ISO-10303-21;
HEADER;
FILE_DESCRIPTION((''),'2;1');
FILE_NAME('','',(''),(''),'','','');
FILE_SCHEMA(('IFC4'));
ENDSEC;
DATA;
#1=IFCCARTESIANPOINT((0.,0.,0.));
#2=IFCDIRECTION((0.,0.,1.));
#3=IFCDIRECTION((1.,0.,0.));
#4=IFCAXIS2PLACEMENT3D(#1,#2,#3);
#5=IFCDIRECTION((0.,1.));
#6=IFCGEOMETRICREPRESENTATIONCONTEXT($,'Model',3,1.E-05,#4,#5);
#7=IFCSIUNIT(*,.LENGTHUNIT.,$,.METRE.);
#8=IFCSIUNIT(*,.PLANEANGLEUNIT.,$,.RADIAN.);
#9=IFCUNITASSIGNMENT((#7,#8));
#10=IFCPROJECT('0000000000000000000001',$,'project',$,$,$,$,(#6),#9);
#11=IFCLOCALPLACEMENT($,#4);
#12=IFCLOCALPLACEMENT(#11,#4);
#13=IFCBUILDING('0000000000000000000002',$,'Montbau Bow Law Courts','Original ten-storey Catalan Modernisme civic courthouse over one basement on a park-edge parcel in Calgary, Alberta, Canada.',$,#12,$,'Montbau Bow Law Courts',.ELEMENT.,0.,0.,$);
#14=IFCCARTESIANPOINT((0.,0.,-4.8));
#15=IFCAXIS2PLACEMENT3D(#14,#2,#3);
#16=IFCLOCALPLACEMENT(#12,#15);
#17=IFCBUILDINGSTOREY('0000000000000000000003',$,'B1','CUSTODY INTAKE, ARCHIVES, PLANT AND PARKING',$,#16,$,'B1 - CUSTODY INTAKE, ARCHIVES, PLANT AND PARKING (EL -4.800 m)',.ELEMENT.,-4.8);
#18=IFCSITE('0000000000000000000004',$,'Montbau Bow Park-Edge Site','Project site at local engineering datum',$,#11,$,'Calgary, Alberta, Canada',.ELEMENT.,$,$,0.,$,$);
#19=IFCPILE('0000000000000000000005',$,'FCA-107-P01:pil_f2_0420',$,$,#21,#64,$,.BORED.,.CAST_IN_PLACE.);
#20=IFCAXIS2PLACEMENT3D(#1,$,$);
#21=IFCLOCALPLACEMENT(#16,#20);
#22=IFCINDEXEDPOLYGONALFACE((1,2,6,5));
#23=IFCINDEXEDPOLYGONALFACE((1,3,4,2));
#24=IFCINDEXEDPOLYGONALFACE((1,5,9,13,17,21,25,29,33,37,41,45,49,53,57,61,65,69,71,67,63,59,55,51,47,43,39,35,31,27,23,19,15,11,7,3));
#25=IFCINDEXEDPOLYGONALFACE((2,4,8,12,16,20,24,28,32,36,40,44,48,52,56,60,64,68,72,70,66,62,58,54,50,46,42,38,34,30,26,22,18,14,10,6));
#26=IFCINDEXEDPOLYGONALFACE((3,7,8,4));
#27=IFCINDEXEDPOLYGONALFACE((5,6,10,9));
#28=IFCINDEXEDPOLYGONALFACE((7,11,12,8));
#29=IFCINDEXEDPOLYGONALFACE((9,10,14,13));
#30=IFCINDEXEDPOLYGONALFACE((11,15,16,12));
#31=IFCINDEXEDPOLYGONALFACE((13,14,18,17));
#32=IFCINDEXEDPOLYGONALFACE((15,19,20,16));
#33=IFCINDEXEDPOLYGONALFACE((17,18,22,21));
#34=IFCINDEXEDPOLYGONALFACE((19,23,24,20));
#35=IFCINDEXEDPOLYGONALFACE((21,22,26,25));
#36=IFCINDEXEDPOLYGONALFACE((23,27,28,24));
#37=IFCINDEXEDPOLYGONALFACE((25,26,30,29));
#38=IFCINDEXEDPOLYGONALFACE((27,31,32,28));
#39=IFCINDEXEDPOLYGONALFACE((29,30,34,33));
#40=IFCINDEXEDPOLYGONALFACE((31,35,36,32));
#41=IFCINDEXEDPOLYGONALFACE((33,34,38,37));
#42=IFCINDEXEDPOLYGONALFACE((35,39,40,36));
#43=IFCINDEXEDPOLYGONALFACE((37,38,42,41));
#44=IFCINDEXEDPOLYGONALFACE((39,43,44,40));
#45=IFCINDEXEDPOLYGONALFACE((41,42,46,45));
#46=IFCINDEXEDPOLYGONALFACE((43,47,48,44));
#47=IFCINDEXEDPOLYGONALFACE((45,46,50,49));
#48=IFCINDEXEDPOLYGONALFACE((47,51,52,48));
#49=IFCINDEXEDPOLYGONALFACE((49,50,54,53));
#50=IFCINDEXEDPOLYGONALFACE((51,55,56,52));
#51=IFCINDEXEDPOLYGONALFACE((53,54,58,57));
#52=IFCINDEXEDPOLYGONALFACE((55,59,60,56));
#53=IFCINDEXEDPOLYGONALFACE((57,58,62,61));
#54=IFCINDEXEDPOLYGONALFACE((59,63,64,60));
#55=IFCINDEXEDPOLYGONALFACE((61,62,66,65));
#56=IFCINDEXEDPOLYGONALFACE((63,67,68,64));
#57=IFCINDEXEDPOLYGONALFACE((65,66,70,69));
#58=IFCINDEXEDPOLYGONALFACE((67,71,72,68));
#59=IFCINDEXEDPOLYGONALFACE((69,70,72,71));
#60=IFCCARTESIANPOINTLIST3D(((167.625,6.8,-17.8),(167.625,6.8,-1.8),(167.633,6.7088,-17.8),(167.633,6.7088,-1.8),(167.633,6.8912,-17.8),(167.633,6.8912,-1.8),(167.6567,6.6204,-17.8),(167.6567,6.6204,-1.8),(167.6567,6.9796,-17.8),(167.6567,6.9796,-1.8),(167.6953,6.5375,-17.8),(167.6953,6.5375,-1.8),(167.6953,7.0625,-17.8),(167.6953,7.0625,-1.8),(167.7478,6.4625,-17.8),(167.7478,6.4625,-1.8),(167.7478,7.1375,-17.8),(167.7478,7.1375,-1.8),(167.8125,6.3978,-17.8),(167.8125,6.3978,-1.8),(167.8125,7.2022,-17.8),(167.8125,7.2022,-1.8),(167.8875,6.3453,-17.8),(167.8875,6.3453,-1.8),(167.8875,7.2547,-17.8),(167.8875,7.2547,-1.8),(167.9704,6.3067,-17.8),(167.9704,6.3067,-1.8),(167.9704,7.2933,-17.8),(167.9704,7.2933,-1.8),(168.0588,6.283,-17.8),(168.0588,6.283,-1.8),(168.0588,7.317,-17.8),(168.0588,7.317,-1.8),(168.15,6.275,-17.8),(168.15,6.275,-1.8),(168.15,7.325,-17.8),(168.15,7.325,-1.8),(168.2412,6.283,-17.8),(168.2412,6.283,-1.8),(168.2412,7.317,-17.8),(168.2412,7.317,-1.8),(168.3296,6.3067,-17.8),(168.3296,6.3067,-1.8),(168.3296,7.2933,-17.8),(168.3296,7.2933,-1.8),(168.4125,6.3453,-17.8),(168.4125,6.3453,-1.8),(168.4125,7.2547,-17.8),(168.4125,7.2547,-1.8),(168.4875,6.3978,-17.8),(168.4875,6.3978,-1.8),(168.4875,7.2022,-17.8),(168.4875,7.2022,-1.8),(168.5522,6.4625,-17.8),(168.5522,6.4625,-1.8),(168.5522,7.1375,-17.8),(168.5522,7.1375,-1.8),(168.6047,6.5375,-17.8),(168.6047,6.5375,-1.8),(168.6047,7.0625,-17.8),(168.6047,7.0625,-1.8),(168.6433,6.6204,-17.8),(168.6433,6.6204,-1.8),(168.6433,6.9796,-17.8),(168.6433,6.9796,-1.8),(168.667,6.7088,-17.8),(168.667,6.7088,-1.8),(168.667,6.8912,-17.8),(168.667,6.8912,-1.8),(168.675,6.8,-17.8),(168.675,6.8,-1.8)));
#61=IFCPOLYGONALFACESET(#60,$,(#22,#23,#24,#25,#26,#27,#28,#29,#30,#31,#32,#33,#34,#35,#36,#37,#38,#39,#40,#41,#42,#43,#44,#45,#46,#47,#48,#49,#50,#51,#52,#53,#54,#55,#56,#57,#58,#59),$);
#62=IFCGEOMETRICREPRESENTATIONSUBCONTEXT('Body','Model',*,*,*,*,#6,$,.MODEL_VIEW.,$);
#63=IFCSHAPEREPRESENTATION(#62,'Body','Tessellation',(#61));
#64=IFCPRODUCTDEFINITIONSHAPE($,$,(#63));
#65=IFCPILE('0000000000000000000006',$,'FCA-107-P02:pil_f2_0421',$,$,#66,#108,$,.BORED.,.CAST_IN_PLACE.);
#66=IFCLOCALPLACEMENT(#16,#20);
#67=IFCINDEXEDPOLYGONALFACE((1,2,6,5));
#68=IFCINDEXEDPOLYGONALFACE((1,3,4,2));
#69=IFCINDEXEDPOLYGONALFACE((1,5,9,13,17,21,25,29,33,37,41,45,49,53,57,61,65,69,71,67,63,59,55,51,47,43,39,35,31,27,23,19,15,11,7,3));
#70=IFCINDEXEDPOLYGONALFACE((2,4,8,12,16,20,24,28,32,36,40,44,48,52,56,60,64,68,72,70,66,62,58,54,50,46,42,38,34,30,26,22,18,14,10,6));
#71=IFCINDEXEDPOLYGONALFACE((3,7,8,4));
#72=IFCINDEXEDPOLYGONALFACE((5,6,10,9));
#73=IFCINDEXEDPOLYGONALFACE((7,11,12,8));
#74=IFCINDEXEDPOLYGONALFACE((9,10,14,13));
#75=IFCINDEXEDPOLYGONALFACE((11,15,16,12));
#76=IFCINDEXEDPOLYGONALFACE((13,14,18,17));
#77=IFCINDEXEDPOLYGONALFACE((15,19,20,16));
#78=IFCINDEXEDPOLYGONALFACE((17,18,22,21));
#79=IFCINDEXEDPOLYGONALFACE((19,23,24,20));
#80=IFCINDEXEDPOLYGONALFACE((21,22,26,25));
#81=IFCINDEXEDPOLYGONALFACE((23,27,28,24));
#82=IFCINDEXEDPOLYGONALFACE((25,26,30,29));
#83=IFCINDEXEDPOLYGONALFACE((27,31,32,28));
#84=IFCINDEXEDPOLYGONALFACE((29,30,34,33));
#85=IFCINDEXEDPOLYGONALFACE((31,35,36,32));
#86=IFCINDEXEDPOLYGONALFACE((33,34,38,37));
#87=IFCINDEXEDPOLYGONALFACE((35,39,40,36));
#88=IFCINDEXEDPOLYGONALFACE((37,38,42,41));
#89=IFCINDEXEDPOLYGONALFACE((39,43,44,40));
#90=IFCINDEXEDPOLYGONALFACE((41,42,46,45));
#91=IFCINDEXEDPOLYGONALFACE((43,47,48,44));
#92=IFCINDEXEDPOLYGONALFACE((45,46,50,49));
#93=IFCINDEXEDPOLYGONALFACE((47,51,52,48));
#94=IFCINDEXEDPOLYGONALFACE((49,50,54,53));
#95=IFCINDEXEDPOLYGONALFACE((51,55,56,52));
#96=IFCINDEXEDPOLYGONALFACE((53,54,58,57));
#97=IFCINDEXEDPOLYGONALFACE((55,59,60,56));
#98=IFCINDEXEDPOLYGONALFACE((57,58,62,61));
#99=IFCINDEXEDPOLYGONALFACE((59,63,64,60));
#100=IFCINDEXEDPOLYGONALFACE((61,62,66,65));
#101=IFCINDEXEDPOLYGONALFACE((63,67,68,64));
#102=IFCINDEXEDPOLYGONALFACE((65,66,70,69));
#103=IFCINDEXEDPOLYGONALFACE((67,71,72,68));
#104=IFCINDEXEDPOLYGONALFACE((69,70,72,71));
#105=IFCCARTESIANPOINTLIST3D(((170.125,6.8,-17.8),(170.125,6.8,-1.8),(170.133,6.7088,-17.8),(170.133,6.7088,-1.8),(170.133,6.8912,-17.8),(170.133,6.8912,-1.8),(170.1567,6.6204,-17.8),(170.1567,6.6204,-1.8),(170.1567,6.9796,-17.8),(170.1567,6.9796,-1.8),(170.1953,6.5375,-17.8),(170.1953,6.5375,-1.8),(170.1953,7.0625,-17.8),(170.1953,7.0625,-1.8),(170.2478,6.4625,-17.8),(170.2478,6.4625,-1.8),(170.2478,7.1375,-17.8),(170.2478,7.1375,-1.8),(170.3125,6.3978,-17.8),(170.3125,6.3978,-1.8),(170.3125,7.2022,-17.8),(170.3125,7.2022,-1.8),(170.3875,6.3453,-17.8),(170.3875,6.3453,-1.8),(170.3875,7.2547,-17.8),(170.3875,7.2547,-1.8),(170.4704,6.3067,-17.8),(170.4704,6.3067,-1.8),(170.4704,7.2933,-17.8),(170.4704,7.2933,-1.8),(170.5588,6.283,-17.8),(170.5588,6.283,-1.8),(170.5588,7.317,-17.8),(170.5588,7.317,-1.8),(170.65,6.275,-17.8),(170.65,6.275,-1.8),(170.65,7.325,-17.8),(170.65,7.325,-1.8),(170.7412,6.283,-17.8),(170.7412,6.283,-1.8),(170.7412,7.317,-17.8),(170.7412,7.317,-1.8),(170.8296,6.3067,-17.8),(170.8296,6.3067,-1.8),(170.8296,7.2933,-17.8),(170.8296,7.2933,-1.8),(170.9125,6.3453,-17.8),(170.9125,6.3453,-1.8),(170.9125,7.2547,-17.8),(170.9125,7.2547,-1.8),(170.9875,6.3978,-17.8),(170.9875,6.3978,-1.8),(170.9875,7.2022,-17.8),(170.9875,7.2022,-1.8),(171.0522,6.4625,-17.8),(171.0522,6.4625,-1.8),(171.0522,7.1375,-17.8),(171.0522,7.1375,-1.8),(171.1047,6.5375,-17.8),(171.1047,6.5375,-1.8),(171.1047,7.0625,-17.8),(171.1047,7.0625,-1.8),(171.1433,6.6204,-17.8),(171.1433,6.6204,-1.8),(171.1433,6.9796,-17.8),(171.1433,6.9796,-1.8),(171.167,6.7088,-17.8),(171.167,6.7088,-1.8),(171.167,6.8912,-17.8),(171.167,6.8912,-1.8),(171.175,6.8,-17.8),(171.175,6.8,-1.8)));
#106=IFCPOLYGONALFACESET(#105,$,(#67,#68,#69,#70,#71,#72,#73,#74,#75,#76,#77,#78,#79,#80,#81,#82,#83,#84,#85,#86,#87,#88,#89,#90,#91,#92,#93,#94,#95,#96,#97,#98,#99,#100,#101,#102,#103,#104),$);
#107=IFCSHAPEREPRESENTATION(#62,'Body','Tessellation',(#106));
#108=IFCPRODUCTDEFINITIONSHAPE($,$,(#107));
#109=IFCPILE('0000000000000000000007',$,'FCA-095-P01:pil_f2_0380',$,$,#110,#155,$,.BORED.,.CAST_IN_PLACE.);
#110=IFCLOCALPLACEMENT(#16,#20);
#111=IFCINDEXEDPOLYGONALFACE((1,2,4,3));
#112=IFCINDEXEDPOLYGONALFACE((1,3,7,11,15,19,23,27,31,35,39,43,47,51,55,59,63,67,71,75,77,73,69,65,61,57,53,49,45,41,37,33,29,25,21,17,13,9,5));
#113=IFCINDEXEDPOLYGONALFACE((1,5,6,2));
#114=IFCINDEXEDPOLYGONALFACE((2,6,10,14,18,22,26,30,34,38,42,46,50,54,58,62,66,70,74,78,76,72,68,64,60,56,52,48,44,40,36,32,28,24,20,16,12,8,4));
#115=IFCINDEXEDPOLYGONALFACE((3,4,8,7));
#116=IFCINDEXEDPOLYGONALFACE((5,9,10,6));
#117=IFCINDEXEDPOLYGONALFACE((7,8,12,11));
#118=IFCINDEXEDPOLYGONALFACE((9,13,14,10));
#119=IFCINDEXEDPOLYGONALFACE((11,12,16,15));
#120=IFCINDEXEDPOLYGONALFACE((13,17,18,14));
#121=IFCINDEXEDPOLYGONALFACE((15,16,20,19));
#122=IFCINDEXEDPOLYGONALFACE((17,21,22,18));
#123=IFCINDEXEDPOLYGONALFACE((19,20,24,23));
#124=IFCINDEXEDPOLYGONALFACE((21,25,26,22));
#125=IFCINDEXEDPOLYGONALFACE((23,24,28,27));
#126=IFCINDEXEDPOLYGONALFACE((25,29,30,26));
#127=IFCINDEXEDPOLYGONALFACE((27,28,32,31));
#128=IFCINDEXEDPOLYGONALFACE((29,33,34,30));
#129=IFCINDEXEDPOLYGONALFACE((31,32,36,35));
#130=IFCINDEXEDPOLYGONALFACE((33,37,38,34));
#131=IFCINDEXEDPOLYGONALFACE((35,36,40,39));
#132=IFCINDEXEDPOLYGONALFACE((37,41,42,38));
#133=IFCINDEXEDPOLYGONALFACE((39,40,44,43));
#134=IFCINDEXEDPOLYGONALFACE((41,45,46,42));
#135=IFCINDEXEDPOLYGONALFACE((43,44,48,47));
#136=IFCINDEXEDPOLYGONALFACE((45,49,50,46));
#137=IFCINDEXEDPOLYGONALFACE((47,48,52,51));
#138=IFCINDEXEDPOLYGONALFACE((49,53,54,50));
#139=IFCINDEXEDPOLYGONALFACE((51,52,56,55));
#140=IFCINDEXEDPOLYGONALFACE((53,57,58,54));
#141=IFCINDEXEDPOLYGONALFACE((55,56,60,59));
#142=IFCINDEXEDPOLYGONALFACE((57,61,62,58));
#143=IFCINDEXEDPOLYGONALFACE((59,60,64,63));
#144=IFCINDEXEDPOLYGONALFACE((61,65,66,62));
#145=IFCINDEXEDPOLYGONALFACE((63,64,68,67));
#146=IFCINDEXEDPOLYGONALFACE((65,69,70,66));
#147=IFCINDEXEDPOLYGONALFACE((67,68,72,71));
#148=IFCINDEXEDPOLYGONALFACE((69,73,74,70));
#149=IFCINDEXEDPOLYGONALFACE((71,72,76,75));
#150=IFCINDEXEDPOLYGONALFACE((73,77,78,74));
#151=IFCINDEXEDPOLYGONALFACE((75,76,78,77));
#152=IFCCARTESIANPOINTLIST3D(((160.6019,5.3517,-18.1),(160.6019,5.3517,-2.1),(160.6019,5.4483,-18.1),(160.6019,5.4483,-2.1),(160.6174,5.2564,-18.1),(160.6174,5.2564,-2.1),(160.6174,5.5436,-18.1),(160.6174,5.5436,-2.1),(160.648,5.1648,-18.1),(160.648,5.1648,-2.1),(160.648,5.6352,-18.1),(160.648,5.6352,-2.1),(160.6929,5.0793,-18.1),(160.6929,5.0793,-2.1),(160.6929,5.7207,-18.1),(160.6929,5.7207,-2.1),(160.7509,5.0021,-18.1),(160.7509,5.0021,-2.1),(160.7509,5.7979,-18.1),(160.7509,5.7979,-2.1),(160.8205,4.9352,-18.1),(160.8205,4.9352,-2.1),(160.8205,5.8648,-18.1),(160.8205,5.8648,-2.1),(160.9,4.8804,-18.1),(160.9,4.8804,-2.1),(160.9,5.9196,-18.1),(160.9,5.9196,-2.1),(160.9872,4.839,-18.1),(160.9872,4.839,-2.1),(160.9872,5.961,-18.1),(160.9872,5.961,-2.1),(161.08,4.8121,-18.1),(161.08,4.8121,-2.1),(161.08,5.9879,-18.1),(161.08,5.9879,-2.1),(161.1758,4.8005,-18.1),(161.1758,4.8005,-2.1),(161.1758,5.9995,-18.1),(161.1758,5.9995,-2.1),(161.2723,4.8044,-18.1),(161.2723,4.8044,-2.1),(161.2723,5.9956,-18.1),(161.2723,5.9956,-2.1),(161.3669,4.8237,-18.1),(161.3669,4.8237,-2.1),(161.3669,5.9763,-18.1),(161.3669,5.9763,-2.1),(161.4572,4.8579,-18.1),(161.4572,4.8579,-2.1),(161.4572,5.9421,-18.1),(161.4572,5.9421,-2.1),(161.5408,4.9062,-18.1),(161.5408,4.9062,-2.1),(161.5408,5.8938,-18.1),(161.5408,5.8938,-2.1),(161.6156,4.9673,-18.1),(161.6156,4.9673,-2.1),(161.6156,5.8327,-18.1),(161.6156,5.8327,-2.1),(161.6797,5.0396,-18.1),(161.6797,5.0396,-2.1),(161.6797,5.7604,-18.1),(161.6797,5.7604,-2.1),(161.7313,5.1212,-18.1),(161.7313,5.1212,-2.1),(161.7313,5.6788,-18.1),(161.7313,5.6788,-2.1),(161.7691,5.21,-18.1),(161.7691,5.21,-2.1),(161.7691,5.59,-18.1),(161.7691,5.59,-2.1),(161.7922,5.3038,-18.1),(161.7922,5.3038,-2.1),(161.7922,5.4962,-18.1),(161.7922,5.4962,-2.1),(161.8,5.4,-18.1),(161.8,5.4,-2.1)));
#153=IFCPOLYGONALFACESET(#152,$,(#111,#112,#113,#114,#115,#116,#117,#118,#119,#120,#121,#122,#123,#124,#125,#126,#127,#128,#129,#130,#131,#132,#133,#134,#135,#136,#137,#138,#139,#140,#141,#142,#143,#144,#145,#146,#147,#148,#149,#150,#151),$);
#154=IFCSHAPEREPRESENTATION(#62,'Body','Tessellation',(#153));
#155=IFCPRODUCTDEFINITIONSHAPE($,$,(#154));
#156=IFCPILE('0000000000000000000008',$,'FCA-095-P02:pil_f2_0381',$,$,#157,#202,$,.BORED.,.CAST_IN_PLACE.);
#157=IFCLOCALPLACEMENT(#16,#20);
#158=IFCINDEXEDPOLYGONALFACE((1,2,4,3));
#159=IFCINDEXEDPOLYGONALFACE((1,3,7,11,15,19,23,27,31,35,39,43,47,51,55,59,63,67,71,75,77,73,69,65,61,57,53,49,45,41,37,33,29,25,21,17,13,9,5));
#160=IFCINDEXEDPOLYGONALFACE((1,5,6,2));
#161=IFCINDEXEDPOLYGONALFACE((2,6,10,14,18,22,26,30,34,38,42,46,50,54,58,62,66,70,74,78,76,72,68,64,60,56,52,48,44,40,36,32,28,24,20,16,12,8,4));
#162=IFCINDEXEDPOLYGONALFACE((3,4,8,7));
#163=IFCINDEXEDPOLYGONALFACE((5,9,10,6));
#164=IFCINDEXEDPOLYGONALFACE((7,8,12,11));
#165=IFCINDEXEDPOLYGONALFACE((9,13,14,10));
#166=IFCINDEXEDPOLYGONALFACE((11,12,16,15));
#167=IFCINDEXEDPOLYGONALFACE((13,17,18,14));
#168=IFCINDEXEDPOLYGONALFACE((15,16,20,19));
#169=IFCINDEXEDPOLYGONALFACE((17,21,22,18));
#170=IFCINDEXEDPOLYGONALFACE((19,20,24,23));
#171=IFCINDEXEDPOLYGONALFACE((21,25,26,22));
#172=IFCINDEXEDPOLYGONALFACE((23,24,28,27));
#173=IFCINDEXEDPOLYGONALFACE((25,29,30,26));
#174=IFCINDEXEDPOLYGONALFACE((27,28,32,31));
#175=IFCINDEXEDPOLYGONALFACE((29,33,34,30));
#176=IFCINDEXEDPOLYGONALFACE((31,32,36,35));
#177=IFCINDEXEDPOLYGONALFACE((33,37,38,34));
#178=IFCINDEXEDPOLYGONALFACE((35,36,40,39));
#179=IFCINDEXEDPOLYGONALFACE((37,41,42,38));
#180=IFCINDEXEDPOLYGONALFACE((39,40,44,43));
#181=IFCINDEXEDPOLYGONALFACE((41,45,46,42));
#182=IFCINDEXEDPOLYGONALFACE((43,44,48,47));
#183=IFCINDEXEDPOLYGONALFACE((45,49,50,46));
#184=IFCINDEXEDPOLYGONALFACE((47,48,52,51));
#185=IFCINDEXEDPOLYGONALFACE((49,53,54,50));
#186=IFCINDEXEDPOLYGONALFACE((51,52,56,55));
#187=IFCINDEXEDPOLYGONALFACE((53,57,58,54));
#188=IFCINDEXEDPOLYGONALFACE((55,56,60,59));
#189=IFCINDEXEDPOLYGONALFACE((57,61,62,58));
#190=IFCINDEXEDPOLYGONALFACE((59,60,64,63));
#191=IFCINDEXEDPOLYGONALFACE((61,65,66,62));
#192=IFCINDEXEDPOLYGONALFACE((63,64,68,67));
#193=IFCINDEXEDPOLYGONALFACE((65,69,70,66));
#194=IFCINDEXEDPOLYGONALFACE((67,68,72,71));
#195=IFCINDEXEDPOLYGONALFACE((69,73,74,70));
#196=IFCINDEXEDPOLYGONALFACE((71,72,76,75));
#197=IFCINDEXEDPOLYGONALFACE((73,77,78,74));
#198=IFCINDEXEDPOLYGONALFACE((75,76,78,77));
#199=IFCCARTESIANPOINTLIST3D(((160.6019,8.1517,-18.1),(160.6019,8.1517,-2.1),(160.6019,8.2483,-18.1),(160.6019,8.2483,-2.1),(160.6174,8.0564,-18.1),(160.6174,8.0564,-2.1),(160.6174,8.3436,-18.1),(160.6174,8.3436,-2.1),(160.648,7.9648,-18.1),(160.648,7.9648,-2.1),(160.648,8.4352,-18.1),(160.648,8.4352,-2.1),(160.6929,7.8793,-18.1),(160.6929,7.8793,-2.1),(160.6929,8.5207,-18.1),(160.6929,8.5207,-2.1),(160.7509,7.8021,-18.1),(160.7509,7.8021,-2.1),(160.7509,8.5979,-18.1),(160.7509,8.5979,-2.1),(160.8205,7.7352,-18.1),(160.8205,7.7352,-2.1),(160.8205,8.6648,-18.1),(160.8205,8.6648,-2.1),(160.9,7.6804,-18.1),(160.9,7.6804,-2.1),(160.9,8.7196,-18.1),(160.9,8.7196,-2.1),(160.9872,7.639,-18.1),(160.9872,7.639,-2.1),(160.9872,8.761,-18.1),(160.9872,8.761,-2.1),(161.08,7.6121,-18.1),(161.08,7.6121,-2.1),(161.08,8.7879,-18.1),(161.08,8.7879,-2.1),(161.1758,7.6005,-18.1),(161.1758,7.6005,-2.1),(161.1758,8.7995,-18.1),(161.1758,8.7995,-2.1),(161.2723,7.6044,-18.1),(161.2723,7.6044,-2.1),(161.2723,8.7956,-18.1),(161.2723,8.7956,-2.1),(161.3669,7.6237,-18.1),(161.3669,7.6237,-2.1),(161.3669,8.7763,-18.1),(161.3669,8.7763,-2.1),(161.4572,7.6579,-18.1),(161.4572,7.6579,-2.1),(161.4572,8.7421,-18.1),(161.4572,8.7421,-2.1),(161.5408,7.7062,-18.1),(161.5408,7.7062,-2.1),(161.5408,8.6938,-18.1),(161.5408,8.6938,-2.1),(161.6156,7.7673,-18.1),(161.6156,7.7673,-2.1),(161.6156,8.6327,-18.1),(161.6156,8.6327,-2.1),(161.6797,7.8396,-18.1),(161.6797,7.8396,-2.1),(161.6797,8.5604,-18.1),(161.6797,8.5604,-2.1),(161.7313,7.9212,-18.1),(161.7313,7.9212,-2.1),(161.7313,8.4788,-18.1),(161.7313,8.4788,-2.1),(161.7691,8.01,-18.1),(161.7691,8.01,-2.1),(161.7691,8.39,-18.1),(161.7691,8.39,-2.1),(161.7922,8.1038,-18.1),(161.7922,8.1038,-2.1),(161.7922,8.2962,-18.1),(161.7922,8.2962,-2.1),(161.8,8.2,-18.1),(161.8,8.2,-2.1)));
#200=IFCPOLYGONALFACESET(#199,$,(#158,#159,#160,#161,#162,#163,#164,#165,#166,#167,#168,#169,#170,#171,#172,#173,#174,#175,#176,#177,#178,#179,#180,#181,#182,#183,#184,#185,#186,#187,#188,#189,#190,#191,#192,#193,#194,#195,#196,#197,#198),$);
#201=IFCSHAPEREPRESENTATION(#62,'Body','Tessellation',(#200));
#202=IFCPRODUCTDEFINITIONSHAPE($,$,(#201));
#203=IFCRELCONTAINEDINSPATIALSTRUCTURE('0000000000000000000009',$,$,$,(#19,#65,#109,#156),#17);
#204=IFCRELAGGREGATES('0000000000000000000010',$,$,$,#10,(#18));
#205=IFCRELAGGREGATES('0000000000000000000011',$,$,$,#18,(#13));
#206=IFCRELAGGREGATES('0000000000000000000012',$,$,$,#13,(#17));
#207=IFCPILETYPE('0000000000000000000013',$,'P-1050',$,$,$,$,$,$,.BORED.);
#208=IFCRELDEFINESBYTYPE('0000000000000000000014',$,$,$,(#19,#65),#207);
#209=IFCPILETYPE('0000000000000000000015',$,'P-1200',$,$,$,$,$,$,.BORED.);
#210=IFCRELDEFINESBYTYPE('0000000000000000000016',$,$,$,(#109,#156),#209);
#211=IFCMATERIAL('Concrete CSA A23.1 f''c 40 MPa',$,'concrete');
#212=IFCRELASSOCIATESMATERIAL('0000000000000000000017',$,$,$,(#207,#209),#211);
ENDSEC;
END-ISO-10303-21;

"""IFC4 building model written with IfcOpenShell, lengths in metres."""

from ifc_helpers import new_model, si_unit, direction, frame, origin_with_axes, origin_2d_with_axis, place, context, subcontext, project, spatial, circle, extrude, material, material_profile, profile_set, type_object, element, save


model = new_model("IFC4")

# Units and contexts
model_context = context("Model", 3, precision=1e-05, world=origin_with_axes(), true_north=direction((0.0, 1.0)))
body_context = subcontext(model_context, "Body", "Model", "MODEL_VIEW")
ifc_project = project(units=[si_unit("LENGTHUNIT", "METRE"), si_unit("PLANEANGLEUNIT", "RADIAN")], contexts=[model_context])

# Site, building, storey
site_placement = place(None, origin_with_axes())
site = spatial("IfcSite", under=ifc_project, at=site_placement, Name="Montbau Bow Park-Edge Site", Description="Project site at local engineering datum", LongName="Calgary, Alberta, Canada", CompositionType="ELEMENT", RefElevation=0.0)
building_placement = place(site_placement, origin_with_axes())
building = spatial("IfcBuilding", under=site, at=building_placement, Name="Montbau Bow Law Courts", Description="Original ten-storey Catalan Modernisme civic courthouse over one basement on a park-edge parcel in Calgary, Alberta, Canada.", LongName="Montbau Bow Law Courts", CompositionType="ELEMENT", ElevationOfRefHeight=0.0, ElevationOfTerrain=0.0)
storey_placement = place(building_placement, frame((0.0, 0.0, -4.8), z_axis=(0.0, 0.0, 1.0), x_axis=(1.0, 0.0, 0.0)))
storey = spatial("IfcBuildingStorey", under=building, at=storey_placement, Name="B1", Description="CUSTODY INTAKE, ARCHIVES, PLANT AND PARKING", LongName="B1 - CUSTODY INTAKE, ARCHIVES, PLANT AND PARKING (EL -4.800 m)", CompositionType="ELEMENT", Elevation=-4.8)

# Piles
ifc_material_1 = material(Name="Concrete CSA A23.1 f'c 40 MPa", Category="concrete")
ifc_material_profile_1 = material_profile(ifc_material_1, circle(Radius=0.525, at=origin_2d_with_axis()), Name="BP1050", Category="Main", Priority=0)
ifc_profile_set_1 = profile_set([ifc_material_profile_1], Name="Concrete CSA A23.1 f'c 40 MPa")
pile_type_1 = type_object("IfcPileType", Name="P-1050", PredefinedType="BORED", material=ifc_profile_set_1)
for number, where, z_axis, x_axis, name in (
    (1, (168.15, 6.8, -22.6), (0.0, 0.0, 1.0), (1.0, 0.0, 0.0), "FCA-107-P01:pil_f2_0420"),
    (2, (170.65, 6.8, -22.6), (0.0, 0.0, 1.0), (1.0, 0.0, 0.0), "FCA-107-P02:pil_f2_0421"),
):
    element("IfcPile", number, at=place(None, frame(where, z_axis=z_axis, x_axis=x_axis)), inside=storey, type_object=pile_type_1, Name=name, ConstructionType="CAST_IN_PLACE", PredefinedType="BORED", context=body_context, shape_type="SweptSolid", body=[
        extrude(circle(Radius=0.525, at=origin_2d_with_axis()), origin_with_axes(), (0.0, 0.0, 1.0), 16.0),
    ])
ifc_material_profile_2 = material_profile(ifc_material_1, circle(Radius=0.6, at=origin_2d_with_axis()), Name="BP1200", Category="Main", Priority=0)
ifc_profile_set_2 = profile_set([ifc_material_profile_2], Name="Concrete CSA A23.1 f'c 40 MPa")
pile_type_2 = type_object("IfcPileType", Name="P-1200", PredefinedType="BORED", material=ifc_profile_set_2)
for number, where, z_axis, x_axis, name in (
    (3, (161.2, 5.4, -22.9), (0.0, 0.0, 1.0), (1.0, 0.0, 0.0), "FCA-095-P01:pil_f2_0380"),
    (4, (161.2, 8.2, -22.9), (0.0, 0.0, 1.0), (1.0, 0.0, 0.0), "FCA-095-P02:pil_f2_0381"),
):
    element("IfcPile", number, at=place(None, frame(where, z_axis=z_axis, x_axis=x_axis)), inside=storey, type_object=pile_type_2, Name=name, ConstructionType="CAST_IN_PLACE", PredefinedType="BORED", context=body_context, shape_type="SweptSolid", body=[
        extrude(circle(Radius=0.6, at=origin_2d_with_axis()), origin_with_axes(), (0.0, 0.0, 1.0), 16.0),
    ])

save(model, "model.ifc")
